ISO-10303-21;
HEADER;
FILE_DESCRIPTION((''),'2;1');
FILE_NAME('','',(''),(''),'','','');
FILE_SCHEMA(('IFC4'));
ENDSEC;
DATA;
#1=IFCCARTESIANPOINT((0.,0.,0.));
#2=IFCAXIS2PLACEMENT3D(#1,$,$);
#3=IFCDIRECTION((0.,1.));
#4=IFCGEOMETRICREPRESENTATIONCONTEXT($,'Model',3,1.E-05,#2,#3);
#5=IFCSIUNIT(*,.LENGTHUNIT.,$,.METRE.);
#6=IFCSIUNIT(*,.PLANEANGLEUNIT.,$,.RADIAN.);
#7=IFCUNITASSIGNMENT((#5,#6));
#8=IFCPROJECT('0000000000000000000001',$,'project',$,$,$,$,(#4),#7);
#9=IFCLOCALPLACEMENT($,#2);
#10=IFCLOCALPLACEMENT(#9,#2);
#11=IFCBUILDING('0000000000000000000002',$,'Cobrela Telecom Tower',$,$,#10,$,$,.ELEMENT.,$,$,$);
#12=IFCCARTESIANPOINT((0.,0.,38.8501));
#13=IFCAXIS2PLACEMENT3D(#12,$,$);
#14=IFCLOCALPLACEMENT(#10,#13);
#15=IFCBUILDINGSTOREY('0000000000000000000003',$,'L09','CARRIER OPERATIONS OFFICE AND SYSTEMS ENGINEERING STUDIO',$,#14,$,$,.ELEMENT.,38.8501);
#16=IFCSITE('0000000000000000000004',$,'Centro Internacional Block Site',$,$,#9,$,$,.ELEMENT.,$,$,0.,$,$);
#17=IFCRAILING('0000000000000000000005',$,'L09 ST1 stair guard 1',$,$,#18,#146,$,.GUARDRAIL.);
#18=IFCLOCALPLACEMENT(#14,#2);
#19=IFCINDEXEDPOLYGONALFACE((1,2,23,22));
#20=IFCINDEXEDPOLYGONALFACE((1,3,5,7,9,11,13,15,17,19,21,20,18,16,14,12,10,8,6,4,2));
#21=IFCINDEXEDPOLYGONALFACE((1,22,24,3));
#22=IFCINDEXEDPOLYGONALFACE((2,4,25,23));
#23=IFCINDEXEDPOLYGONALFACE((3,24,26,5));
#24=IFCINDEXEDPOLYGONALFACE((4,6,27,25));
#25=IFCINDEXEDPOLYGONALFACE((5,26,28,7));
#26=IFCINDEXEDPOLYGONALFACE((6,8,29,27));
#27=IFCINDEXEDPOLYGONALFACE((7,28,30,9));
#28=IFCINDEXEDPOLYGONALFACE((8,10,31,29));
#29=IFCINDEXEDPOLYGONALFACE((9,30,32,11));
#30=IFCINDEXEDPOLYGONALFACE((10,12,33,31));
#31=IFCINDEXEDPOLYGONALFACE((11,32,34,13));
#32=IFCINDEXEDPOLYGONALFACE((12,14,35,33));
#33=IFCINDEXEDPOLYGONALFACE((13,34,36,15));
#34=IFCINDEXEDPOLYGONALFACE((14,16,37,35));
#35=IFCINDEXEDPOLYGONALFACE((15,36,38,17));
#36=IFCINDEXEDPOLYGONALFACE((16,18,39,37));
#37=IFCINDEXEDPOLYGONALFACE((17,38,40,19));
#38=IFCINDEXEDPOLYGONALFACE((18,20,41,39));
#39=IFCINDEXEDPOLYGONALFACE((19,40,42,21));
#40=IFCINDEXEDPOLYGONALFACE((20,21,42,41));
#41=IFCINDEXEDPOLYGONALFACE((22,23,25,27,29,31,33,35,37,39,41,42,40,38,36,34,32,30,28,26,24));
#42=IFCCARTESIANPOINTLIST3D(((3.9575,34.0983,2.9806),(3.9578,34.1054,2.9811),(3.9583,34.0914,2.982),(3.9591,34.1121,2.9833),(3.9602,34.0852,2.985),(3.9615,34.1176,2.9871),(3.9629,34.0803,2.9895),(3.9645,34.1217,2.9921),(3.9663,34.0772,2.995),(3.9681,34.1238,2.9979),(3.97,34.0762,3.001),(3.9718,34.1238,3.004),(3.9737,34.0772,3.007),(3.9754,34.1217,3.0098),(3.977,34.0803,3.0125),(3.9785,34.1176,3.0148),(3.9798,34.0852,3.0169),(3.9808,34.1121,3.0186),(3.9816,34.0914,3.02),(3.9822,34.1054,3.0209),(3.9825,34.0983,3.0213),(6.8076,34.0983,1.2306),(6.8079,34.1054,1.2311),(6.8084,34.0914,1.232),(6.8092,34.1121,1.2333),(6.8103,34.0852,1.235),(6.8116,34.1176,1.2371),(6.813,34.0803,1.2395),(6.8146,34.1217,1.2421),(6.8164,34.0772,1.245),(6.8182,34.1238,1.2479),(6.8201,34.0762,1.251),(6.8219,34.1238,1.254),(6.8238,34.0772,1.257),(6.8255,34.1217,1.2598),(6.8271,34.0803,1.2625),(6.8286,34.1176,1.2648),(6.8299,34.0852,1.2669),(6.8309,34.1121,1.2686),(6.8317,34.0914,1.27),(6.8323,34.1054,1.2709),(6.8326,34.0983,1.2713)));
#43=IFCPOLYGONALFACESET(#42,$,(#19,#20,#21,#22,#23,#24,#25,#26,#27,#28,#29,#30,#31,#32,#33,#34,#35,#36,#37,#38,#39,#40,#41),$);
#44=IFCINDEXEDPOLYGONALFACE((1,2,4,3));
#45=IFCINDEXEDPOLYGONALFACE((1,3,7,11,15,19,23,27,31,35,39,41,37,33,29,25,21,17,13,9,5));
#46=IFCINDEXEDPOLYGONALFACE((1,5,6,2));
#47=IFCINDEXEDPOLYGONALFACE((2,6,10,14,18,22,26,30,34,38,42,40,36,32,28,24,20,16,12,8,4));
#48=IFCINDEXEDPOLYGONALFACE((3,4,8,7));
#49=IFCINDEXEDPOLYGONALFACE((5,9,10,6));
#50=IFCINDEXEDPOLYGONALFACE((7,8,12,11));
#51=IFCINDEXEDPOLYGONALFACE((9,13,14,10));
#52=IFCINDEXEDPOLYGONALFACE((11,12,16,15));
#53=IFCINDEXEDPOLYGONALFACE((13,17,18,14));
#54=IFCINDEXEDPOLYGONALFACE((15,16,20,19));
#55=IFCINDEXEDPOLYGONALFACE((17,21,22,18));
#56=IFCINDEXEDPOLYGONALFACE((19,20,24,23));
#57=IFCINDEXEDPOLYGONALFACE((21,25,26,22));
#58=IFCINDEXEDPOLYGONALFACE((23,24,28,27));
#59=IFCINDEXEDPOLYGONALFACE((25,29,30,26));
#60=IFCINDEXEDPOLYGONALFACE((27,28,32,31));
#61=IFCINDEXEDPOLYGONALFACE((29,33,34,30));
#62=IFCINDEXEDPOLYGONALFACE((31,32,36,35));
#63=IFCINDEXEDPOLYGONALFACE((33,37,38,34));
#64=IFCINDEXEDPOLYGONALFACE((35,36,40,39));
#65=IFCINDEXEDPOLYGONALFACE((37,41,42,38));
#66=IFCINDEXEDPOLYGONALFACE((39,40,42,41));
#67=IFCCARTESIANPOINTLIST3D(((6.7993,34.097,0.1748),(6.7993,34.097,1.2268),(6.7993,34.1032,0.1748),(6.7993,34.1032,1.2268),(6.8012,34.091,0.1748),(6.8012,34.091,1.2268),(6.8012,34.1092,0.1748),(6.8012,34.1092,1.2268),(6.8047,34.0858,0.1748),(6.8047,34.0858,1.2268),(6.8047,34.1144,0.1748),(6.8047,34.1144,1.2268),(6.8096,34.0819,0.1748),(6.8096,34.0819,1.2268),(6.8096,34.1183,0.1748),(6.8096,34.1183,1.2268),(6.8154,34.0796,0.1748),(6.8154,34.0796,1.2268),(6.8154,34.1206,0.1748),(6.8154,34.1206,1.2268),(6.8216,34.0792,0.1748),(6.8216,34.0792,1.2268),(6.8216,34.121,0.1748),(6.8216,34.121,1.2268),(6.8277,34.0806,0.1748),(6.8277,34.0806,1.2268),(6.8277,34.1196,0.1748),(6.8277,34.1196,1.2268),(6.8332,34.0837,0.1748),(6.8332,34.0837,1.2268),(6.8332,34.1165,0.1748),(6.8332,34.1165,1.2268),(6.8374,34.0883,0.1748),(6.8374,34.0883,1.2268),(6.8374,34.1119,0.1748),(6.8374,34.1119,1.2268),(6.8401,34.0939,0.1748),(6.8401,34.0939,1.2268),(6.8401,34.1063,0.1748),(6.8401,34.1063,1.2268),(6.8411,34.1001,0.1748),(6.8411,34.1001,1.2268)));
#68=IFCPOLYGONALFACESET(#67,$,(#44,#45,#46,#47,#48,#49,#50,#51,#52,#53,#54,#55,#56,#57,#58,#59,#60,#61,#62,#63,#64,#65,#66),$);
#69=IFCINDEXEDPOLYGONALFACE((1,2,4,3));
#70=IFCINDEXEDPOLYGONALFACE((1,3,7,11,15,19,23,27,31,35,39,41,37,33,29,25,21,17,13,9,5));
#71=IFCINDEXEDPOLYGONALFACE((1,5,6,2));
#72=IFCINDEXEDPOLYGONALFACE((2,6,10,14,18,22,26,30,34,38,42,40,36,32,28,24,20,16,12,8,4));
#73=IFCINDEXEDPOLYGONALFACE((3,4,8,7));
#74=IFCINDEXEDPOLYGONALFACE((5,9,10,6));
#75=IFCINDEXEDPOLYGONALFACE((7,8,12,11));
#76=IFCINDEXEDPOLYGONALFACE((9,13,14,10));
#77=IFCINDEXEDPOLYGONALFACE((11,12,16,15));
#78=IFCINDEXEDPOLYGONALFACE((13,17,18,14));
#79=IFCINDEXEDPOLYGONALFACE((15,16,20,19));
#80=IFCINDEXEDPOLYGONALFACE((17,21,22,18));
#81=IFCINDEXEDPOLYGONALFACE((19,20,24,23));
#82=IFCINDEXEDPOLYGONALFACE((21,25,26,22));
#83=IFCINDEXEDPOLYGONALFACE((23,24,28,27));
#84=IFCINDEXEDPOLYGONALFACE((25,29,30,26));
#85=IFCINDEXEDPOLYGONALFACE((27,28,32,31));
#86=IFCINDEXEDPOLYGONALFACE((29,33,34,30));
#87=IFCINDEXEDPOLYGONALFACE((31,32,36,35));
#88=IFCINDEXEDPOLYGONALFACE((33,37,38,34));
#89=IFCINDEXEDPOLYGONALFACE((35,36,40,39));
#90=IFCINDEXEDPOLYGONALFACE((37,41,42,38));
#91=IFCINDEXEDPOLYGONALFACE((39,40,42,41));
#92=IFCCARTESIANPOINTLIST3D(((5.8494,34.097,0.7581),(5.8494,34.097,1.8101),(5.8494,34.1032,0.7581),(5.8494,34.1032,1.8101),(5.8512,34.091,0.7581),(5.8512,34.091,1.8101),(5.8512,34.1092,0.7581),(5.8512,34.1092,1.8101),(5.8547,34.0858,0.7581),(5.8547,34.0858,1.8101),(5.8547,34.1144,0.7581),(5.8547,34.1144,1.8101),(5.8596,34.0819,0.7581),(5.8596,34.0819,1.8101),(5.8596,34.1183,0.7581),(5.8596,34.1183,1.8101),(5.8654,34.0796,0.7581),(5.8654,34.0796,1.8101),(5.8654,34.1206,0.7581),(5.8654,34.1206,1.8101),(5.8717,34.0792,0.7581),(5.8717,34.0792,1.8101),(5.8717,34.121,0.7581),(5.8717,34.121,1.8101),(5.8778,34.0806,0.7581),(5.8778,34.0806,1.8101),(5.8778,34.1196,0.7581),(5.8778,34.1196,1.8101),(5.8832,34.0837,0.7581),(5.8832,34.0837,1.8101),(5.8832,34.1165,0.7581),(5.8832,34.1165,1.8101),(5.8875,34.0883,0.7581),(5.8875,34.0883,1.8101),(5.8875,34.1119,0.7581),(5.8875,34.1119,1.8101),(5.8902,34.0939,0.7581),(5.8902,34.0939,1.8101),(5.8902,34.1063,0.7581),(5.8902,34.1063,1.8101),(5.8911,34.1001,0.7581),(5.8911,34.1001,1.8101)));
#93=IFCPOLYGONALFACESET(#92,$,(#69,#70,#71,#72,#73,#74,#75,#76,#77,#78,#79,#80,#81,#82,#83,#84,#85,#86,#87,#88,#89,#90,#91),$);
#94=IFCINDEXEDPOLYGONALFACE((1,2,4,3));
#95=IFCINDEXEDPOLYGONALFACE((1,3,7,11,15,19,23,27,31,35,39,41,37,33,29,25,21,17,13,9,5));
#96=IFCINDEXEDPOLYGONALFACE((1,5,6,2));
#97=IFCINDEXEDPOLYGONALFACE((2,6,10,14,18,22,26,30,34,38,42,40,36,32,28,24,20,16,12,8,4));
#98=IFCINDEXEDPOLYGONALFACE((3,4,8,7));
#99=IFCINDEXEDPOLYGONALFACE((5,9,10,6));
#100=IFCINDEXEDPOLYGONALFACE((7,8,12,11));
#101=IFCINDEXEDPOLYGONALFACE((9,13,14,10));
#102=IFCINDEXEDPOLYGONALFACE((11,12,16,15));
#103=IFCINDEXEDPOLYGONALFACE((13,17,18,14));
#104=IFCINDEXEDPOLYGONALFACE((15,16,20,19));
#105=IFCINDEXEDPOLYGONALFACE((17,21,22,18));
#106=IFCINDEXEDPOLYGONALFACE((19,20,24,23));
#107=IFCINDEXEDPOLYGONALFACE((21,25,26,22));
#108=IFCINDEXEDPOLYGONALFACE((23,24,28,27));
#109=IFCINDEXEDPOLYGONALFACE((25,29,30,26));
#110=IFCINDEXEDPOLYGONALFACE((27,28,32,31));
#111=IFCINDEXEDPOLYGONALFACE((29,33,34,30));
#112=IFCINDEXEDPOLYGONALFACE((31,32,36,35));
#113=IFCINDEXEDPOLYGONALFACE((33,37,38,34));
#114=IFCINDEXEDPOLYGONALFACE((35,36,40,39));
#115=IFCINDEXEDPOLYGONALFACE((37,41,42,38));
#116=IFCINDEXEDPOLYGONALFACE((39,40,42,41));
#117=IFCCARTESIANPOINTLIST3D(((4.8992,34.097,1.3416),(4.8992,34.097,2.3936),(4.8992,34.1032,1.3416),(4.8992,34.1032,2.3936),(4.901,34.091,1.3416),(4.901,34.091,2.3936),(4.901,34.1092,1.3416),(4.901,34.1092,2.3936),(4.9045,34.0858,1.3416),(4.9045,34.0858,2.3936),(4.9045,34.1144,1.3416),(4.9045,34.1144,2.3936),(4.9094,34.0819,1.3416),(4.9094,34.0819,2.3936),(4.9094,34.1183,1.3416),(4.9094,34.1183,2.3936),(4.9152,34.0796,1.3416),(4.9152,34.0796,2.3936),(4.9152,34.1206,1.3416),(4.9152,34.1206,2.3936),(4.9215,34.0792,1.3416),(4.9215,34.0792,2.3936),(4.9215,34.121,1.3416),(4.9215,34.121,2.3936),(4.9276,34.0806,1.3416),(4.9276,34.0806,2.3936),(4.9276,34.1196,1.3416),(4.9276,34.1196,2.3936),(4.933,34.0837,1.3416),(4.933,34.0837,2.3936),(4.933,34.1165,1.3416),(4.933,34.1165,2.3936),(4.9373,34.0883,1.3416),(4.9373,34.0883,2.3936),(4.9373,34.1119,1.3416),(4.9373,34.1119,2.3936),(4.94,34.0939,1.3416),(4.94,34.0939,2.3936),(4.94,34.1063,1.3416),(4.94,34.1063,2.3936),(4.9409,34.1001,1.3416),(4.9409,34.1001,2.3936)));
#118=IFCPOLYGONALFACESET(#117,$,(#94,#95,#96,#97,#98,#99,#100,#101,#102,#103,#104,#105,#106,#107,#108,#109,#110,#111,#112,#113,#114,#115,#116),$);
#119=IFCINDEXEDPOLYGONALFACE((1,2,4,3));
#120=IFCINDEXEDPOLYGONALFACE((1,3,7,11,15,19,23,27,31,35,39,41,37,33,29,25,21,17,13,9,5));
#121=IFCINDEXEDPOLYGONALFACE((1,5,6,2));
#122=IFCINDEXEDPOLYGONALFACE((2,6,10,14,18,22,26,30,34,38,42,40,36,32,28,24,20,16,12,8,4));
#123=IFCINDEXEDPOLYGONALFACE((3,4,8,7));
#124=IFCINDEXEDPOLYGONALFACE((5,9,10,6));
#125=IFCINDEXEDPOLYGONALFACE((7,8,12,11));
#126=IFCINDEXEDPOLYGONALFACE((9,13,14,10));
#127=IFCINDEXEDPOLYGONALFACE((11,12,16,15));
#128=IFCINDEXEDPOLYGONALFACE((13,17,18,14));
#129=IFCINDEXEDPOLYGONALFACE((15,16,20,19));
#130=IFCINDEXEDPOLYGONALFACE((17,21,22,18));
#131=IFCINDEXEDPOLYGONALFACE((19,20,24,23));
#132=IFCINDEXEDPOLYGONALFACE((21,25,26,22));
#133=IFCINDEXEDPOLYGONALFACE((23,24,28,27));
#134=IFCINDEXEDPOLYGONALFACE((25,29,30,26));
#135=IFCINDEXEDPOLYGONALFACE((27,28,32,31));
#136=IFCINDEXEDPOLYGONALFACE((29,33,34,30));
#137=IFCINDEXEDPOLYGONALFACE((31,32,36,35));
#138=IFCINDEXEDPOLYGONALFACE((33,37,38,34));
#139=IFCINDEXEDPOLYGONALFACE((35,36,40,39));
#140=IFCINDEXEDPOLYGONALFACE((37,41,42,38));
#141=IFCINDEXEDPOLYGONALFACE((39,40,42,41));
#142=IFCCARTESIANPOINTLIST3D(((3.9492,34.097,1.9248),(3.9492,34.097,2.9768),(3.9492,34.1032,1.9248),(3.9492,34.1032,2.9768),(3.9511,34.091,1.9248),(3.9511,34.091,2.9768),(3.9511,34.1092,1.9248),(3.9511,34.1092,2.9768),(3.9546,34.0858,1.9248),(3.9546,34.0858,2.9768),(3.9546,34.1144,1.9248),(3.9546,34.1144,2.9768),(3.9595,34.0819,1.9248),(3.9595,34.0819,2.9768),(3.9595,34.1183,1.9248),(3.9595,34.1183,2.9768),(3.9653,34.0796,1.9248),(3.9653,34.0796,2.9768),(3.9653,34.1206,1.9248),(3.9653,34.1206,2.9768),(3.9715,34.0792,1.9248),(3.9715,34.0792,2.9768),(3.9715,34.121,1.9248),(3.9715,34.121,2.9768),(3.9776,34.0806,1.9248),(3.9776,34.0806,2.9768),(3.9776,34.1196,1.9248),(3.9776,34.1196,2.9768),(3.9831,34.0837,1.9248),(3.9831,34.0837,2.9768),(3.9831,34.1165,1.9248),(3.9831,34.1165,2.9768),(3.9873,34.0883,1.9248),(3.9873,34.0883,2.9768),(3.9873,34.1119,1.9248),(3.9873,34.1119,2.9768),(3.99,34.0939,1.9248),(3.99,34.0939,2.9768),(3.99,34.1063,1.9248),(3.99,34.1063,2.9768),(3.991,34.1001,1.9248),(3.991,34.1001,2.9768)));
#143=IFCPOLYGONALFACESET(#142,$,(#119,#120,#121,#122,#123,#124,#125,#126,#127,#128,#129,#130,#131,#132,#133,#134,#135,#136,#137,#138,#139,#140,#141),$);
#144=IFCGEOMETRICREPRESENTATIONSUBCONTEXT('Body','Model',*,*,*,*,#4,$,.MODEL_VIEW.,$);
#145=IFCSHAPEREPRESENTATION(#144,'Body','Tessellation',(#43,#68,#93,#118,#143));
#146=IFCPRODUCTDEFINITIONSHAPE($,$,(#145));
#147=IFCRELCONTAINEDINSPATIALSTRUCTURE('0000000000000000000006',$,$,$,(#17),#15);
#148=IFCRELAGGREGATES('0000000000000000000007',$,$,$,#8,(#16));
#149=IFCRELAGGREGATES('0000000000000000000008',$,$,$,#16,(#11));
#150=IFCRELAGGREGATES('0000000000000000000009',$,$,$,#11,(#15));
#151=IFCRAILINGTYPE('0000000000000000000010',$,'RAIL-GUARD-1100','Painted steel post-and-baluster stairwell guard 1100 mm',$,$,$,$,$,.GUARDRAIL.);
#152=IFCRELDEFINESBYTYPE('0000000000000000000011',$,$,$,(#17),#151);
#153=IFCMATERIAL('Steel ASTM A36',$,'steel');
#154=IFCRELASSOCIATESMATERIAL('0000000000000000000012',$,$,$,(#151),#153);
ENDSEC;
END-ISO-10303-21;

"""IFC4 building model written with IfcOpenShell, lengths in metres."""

from ifc_helpers import new_model, si_unit, direction, frame, origin, origin_2d, place, context, subcontext, project, spatial, circle, extrude, material, type_object, element, save


model = new_model("IFC4")

# Units and contexts
model_context = context("Model", 3, precision=1e-05, world=origin(), true_north=direction((0.0, 1.0)))
body_context = subcontext(model_context, "Body", "Model", "MODEL_VIEW")
ifc_project = project(units=[si_unit("LENGTHUNIT", "METRE"), si_unit("PLANEANGLEUNIT", "RADIAN")], contexts=[model_context])

# Site, building, storey
site_placement = place(None, origin())
site = spatial("IfcSite", under=ifc_project, at=site_placement, Name="Centro Internacional Block Site", CompositionType="ELEMENT", RefElevation=0.0)
building_placement = place(site_placement, origin())
building = spatial("IfcBuilding", under=site, at=building_placement, Name="Cobrela Telecom Tower", CompositionType="ELEMENT")
storey_placement = place(building_placement, frame((0.0, 0.0, 38.8501)))
storey = spatial("IfcBuildingStorey", under=building, at=storey_placement, Name="L09", Description="CARRIER OPERATIONS OFFICE AND SYSTEMS ENGINEERING STUDIO", CompositionType="ELEMENT", Elevation=38.8501)

# Shared definitions
ifc_material_1 = material(Name="Steel ASTM A36", Category="steel")

# Railing
railing_type_1 = type_object("IfcRailingType", Name="RAIL-GUARD-1100", Description="Painted steel post-and-baluster stairwell guard 1100 mm", PredefinedType="GUARDRAIL", material=ifc_material_1)
railing_1_placement = place(storey_placement, frame((6.8201, 34.1001, 0.1748)))
element("IfcRailing", 1, at=railing_1_placement, inside=storey, type_object=railing_type_1, Name="L09 ST1 stair guard 1", PredefinedType="GUARDRAIL", context=body_context, shape_type="SweptSolid", body=[
    extrude(circle(Radius=0.0239, at=origin_2d()), frame((0.0, 0.0, 1.0762), z_axis=(-0.852179, 0.0, 0.52325), x_axis=(0.0, -1.0, 0.0)), (0.0, 0.0, 1.0), 3.3445),
    extrude(circle(Radius=0.021, at=origin_2d()), origin(), (0.0, 0.0, 1.0), 1.052),
    extrude(circle(Radius=0.021, at=origin_2d()), frame((-0.95, 0.0, 0.5833)), (0.0, 0.0, 1.0), 1.052),
    extrude(circle(Radius=0.021, at=origin_2d()), frame((-1.9001, 0.0, 1.1667)), (0.0, 0.0, 1.0), 1.052),
    extrude(circle(Radius=0.021, at=origin_2d()), frame((-2.8501, 0.0, 1.75)), (0.0, 0.0, 1.0), 1.052),
])

save(model, "model.ifc")
